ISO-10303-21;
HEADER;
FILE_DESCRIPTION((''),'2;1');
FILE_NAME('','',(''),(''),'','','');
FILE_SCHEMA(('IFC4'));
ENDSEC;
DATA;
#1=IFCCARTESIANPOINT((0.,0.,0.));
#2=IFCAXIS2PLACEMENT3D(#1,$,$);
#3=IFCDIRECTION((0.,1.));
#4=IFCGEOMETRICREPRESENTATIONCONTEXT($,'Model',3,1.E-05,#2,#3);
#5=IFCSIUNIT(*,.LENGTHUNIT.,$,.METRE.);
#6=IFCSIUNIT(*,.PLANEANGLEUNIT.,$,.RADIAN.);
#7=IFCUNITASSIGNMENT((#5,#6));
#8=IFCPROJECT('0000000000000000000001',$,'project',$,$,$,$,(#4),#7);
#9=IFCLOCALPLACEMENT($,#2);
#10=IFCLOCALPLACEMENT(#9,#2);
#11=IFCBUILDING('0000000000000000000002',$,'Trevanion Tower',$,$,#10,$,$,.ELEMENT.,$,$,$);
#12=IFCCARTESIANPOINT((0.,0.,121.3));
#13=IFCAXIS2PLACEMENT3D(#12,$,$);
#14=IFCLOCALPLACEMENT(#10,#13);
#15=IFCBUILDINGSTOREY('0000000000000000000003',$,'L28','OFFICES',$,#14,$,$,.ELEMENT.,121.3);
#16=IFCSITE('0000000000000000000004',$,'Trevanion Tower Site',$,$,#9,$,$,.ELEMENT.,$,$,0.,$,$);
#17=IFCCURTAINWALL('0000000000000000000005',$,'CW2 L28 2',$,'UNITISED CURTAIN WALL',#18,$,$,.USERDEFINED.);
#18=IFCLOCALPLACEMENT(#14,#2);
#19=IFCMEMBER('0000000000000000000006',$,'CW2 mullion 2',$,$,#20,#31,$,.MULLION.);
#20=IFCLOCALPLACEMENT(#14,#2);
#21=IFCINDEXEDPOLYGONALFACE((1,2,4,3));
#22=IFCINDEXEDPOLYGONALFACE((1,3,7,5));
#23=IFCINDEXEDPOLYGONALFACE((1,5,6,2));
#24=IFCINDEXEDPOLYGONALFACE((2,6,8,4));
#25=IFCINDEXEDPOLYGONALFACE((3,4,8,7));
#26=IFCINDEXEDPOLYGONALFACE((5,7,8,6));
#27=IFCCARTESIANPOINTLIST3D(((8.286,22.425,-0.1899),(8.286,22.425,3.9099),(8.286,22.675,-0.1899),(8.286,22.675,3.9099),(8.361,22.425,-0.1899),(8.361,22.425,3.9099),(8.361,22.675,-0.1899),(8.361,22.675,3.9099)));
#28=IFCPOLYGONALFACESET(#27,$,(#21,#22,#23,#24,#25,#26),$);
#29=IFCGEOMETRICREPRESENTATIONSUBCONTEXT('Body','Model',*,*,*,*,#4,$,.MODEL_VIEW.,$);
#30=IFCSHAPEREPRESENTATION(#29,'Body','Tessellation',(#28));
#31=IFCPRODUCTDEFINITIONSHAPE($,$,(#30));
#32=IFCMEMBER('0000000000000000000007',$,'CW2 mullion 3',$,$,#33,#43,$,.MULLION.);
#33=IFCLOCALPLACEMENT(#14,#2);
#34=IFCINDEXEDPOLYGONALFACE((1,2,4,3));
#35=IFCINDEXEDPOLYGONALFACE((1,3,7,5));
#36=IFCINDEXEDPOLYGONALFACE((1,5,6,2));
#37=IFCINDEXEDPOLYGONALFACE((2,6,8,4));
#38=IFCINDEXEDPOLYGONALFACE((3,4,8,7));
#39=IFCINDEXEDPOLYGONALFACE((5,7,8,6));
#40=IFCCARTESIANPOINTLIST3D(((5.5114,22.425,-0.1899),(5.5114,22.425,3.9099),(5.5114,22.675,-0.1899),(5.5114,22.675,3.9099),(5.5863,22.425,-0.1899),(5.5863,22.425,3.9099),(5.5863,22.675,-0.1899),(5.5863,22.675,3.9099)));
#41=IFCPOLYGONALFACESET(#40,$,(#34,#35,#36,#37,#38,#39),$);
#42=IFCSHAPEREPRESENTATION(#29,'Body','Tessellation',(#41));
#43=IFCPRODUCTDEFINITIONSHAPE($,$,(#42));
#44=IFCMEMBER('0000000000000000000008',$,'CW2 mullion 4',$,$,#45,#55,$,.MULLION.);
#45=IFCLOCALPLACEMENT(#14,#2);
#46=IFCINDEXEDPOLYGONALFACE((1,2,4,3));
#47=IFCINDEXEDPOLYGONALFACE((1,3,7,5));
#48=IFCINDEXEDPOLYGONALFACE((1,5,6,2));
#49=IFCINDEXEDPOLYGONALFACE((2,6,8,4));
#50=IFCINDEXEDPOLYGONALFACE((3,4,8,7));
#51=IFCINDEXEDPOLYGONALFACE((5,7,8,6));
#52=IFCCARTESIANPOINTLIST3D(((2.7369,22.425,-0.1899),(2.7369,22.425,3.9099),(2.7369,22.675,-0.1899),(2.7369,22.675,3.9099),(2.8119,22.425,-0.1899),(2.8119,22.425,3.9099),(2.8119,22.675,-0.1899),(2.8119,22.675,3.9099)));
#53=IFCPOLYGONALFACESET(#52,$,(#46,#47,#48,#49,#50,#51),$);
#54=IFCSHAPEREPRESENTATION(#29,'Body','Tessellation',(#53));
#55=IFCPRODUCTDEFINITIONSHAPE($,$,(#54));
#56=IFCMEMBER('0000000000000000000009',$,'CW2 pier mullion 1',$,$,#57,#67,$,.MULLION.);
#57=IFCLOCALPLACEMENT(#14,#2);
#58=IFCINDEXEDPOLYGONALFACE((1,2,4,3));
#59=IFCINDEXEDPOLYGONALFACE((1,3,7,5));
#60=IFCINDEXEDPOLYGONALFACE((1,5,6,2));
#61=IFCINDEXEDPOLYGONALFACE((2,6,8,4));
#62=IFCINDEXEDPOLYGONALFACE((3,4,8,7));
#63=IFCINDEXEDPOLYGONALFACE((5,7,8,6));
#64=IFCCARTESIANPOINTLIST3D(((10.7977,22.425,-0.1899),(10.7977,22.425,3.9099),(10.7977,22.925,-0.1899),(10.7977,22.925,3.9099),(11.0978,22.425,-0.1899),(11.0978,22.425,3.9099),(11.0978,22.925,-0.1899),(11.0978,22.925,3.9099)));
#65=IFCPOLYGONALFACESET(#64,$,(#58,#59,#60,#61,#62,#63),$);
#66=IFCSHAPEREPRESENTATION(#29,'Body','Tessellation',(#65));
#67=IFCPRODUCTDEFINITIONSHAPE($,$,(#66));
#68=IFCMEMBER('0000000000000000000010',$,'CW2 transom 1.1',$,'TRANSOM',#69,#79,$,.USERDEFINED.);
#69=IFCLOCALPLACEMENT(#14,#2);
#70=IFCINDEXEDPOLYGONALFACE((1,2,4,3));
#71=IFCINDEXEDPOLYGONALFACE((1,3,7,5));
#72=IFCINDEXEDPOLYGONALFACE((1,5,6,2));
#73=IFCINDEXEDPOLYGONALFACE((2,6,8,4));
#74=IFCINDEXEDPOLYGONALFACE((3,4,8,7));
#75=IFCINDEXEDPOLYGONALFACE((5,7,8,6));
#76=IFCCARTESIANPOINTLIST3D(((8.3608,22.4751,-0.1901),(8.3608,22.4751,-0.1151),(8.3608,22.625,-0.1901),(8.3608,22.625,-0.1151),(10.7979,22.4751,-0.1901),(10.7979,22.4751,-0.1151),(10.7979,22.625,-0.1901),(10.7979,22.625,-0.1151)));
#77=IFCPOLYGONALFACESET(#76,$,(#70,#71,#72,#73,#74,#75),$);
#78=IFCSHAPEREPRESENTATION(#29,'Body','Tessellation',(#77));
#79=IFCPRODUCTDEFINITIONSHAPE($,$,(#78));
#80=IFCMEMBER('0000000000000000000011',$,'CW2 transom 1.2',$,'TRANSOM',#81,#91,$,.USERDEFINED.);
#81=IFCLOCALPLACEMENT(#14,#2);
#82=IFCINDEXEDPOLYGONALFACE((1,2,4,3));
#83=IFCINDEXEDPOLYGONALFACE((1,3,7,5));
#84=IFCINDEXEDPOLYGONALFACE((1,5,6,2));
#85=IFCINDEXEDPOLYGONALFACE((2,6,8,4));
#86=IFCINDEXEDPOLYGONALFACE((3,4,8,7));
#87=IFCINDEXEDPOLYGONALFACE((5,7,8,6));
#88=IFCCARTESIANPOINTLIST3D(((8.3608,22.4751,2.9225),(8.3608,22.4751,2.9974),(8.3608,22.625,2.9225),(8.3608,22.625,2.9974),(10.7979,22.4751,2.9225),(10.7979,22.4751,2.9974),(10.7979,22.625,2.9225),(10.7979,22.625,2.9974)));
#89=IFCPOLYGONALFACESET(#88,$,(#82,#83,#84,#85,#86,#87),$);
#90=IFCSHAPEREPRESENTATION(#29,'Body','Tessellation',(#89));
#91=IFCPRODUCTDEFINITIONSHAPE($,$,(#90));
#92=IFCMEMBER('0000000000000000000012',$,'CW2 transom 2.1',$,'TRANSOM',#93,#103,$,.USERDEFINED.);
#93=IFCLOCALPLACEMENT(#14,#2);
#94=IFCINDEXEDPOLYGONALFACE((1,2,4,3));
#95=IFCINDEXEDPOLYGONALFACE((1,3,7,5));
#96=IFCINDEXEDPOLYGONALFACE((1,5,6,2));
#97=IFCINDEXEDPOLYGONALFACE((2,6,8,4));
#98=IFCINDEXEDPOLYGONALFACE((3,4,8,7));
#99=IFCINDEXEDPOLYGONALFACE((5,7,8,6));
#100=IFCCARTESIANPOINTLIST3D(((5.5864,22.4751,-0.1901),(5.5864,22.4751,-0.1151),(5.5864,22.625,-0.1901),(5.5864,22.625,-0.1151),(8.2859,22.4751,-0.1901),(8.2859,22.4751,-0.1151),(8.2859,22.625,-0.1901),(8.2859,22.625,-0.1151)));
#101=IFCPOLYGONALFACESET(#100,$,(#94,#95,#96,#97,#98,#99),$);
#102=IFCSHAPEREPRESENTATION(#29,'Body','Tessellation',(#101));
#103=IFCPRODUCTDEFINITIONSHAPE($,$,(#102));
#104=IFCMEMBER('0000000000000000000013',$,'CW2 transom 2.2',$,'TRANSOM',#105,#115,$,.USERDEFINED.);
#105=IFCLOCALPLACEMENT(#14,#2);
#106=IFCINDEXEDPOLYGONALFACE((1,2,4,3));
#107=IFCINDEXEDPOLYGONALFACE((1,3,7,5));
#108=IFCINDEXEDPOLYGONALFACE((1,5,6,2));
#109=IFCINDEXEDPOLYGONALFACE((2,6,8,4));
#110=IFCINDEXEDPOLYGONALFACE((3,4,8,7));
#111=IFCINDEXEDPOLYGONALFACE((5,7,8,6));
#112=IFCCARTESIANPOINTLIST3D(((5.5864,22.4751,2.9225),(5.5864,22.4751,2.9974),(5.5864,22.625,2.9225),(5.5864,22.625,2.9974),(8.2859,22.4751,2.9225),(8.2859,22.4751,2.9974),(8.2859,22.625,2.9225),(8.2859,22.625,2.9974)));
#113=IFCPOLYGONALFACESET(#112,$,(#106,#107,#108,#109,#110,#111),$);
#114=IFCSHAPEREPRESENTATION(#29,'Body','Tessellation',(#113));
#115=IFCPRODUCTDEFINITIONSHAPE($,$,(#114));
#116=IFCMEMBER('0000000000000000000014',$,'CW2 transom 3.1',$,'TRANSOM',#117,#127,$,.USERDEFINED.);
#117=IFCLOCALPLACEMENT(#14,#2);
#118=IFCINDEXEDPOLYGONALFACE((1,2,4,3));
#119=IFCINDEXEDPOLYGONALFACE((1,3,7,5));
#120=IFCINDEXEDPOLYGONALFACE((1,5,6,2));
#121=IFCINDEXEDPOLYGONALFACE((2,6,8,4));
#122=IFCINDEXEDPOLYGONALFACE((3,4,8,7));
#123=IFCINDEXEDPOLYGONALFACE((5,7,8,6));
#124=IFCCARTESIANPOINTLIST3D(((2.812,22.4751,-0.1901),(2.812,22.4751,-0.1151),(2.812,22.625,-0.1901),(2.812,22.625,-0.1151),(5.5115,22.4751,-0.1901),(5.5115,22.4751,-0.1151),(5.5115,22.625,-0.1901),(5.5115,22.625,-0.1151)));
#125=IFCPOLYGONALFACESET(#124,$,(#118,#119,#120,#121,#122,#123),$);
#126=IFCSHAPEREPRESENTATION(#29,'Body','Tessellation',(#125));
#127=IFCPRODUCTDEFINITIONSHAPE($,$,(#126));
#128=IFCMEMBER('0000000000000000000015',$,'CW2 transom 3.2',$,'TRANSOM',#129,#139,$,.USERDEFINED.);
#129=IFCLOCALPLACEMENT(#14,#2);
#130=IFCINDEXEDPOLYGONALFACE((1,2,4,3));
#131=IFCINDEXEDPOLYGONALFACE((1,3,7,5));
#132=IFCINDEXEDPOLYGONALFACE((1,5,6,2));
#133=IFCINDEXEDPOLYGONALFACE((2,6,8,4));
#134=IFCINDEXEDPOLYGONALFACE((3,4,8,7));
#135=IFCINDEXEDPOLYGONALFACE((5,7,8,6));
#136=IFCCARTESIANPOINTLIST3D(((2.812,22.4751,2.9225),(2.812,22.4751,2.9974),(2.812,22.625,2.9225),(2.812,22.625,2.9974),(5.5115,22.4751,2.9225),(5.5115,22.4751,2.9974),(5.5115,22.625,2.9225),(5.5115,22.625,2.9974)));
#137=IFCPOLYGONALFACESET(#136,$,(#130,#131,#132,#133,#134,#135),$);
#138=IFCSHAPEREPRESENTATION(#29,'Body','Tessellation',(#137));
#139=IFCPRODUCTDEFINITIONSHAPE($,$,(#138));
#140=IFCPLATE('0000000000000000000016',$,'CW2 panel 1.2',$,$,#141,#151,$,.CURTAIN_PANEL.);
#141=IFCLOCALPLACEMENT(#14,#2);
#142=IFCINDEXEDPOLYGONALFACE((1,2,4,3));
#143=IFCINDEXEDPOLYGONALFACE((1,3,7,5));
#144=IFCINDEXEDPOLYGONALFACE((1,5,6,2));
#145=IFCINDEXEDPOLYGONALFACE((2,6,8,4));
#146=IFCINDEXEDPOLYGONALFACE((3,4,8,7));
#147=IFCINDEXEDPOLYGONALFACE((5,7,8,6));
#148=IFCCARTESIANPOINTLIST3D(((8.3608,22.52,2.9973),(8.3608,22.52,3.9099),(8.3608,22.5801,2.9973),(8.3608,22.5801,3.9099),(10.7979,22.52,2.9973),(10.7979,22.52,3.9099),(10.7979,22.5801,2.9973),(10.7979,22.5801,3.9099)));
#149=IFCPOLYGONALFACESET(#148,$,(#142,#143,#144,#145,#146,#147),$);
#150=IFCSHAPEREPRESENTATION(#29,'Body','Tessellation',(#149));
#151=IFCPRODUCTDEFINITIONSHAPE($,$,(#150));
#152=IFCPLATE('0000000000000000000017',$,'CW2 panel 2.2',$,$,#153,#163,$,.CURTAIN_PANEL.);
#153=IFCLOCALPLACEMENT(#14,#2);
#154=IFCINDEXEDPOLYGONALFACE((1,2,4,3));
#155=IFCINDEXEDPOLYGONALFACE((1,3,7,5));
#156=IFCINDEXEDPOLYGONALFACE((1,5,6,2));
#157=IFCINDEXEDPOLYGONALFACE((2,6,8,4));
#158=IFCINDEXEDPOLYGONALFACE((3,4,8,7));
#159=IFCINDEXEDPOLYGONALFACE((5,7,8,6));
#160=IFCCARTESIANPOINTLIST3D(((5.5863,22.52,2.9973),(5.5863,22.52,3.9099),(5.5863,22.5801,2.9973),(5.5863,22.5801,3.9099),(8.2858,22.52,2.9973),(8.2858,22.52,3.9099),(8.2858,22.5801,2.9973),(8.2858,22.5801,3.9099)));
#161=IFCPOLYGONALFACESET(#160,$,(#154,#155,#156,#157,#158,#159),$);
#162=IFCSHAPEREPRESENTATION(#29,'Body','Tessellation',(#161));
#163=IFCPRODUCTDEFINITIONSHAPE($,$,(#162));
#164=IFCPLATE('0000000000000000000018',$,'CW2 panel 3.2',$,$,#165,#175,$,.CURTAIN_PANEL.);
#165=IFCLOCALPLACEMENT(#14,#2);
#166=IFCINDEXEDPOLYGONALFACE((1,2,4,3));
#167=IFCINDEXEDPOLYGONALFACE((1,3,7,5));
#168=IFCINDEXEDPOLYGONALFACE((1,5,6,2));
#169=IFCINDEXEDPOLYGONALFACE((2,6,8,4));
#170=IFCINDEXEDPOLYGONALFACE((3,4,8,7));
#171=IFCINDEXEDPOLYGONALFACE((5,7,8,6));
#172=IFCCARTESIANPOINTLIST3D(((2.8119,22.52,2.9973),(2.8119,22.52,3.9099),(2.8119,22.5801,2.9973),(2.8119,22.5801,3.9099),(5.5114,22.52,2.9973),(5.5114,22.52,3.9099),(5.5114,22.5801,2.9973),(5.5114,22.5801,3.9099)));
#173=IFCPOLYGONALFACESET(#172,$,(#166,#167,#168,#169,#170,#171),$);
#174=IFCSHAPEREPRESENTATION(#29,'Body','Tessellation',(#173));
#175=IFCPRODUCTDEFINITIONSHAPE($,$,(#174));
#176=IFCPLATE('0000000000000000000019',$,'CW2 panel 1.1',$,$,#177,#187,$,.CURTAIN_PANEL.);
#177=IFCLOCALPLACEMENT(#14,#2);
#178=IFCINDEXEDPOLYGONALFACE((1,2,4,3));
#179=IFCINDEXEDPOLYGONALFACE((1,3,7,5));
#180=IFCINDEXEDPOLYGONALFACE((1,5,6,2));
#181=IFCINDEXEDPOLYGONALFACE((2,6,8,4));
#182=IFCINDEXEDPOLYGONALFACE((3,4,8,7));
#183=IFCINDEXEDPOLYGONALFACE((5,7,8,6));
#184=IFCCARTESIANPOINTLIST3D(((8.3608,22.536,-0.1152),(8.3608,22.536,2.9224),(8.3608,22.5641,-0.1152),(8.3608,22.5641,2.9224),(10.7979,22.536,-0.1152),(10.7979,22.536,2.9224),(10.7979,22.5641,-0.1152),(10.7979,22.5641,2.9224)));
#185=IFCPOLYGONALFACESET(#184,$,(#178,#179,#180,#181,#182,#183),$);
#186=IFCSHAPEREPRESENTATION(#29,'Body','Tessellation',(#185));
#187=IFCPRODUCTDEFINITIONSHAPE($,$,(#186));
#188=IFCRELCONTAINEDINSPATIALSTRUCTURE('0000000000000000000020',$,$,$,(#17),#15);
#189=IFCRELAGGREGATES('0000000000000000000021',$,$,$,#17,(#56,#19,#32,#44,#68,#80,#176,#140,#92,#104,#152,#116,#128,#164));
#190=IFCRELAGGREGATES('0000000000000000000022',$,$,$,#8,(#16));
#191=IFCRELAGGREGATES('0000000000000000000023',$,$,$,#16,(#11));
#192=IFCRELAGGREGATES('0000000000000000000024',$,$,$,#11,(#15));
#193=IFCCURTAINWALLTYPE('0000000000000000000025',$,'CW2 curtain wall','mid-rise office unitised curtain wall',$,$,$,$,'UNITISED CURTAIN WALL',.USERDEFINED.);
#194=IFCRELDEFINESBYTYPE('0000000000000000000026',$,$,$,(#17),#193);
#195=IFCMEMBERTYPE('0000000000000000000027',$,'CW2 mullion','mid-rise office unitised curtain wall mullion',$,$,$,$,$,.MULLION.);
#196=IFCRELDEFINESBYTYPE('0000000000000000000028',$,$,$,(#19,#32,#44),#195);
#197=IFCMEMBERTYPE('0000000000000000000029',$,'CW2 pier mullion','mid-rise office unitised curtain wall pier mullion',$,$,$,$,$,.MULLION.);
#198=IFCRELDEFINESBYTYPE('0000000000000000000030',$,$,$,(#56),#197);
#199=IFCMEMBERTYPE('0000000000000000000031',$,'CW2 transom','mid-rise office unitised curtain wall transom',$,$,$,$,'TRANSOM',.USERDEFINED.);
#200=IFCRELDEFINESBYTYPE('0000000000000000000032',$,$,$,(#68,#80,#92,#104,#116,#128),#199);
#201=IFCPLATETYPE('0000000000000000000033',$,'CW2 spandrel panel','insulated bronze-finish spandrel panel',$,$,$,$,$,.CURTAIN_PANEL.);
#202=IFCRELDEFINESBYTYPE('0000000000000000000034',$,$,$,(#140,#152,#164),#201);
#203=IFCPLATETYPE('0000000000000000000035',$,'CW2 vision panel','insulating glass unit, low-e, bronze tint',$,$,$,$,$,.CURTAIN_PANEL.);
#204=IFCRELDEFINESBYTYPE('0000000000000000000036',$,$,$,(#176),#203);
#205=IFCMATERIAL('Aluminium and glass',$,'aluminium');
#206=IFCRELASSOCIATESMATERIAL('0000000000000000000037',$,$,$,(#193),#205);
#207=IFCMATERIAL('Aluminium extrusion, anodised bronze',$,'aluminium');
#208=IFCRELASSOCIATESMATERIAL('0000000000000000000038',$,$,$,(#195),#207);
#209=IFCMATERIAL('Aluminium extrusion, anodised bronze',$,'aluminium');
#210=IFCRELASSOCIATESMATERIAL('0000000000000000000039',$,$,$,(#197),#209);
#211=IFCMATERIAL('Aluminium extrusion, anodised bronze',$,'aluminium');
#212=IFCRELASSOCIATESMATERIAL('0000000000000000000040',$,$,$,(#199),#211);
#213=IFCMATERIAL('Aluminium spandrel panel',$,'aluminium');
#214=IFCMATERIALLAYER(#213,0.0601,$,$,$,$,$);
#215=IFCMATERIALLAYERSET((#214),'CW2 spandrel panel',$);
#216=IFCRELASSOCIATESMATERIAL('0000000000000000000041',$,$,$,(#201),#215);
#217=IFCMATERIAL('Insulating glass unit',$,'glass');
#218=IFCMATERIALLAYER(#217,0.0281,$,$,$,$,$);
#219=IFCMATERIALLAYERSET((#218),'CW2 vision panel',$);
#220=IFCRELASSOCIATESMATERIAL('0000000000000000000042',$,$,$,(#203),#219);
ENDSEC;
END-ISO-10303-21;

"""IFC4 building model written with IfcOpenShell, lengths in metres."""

from ifc_helpers import new_model, si_unit, direction, frame, origin, origin_2d, place, context, subcontext, project, spatial, rectangle, extrude, material, layer, layer_set, material_profile, profile_set, type_object, element, aggregate, save


model = new_model("IFC4")

# Units and contexts
model_context = context("Model", 3, precision=1e-05, world=origin(), true_north=direction((0.0, 1.0)))
body_context = subcontext(model_context, "Body", "Model", "MODEL_VIEW")
ifc_project = project(units=[si_unit("LENGTHUNIT", "METRE"), si_unit("PLANEANGLEUNIT", "RADIAN")], contexts=[model_context])

# Site, building, storey
site_placement = place(None, origin())
site = spatial("IfcSite", under=ifc_project, at=site_placement, Name="Trevanion Tower Site", CompositionType="ELEMENT", RefElevation=0.0)
building_placement = place(site_placement, origin())
building = spatial("IfcBuilding", under=site, at=building_placement, Name="Trevanion Tower", CompositionType="ELEMENT")
storey_placement = place(building_placement, frame((0.0, 0.0, 121.3)))
storey = spatial("IfcBuildingStorey", under=building, at=storey_placement, Name="L28", Description="OFFICES", CompositionType="ELEMENT", Elevation=121.3)

# Curtain wall, members, plates
ifc_material_1 = material(Name="Aluminium and glass", Category="aluminium")
curtain_wall_type = type_object("IfcCurtainWallType", Name="CW2 curtain wall", Description="mid-rise office unitised curtain wall", ElementType="UNITISED CURTAIN WALL", PredefinedType="USERDEFINED", material=ifc_material_1)
curtain_wall_placement = place(storey_placement, origin())
curtain_wall = element("IfcCurtainWall", 1, at=curtain_wall_placement, inside=storey, type_object=curtain_wall_type, Name="CW2 L28 2", ObjectType="UNITISED CURTAIN WALL", PredefinedType="USERDEFINED")
ifc_material_2 = material(Name="Aluminium extrusion, anodised bronze", Category="aluminium")
ifc_material_profile_1 = material_profile(ifc_material_2, rectangle(XDim=0.075, YDim=0.25, at=origin_2d()), Name="CW2 mullion")
ifc_profile_set_1 = profile_set([ifc_material_profile_1], Name="Aluminium extrusion, anodised bronze")
member_type_1 = type_object("IfcMemberType", Name="CW2 mullion", Description="mid-rise office unitised curtain wall mullion", PredefinedType="MULLION", material=ifc_profile_set_1)
member_1_placement = place(storey_placement, frame((8.3235, 22.55, -0.1899), z_axis=(0.0, 0.0, 1.0), x_axis=(-1.0, 0.0, 0.0)))
member_1 = element("IfcMember", 2, at=member_1_placement, type_object=member_type_1, Name="CW2 mullion 2", PredefinedType="MULLION", context=body_context, shape_type="SweptSolid", body=[
    extrude(rectangle(XDim=0.075, YDim=0.25, at=origin_2d()), origin(), (0.0, 0.0, 1.0), 4.0999),
])
member_2_placement = place(storey_placement, frame((5.5488, 22.55, -0.1899), z_axis=(0.0, 0.0, 1.0), x_axis=(-1.0, 0.0, 0.0)))
member_2 = element("IfcMember", 3, at=member_2_placement, type_object=member_type_1, Name="CW2 mullion 3", PredefinedType="MULLION", context=body_context, shape_type="SweptSolid", body=[
    extrude(rectangle(XDim=0.075, YDim=0.25, at=origin_2d()), origin(), (0.0, 0.0, 1.0), 4.0999),
])
member_3_placement = place(storey_placement, frame((2.7744, 22.55, -0.1899), z_axis=(0.0, 0.0, 1.0), x_axis=(-1.0, 0.0, 0.0)))
member_3 = element("IfcMember", 4, at=member_3_placement, type_object=member_type_1, Name="CW2 mullion 4", PredefinedType="MULLION", context=body_context, shape_type="SweptSolid", body=[
    extrude(rectangle(XDim=0.075, YDim=0.25, at=origin_2d()), origin(), (0.0, 0.0, 1.0), 4.0999),
])
ifc_material_3 = material(Name="Aluminium extrusion, anodised bronze", Category="aluminium")
ifc_material_profile_2 = material_profile(ifc_material_3, rectangle(XDim=0.3, YDim=0.5, at=origin_2d()), Name="CW2 pier mullion")
ifc_profile_set_2 = profile_set([ifc_material_profile_2], Name="Aluminium extrusion, anodised bronze")
member_type_2 = type_object("IfcMemberType", Name="CW2 pier mullion", Description="mid-rise office unitised curtain wall pier mullion", PredefinedType="MULLION", material=ifc_profile_set_2)
member_4_placement = place(storey_placement, frame((10.9478, 22.675, -0.1899), z_axis=(0.0, 0.0, 1.0), x_axis=(-1.0, 0.0, 0.0)))
member_4 = element("IfcMember", 5, at=member_4_placement, type_object=member_type_2, Name="CW2 pier mullion 1", PredefinedType="MULLION", context=body_context, shape_type="SweptSolid", body=[
    extrude(rectangle(XDim=0.3, YDim=0.5, at=origin_2d()), origin(), (0.0, 0.0, 1.0), 4.0999),
])
ifc_material_4 = material(Name="Aluminium extrusion, anodised bronze", Category="aluminium")
ifc_material_profile_3 = material_profile(ifc_material_4, rectangle(XDim=0.1499, YDim=0.075, at=origin_2d()), Name="CW2 transom")
ifc_profile_set_3 = profile_set([ifc_material_profile_3], Name="Aluminium extrusion, anodised bronze")
member_type_3 = type_object("IfcMemberType", Name="CW2 transom", Description="mid-rise office unitised curtain wall transom", ElementType="TRANSOM", PredefinedType="USERDEFINED", material=ifc_profile_set_3)
member_5_placement = place(storey_placement, frame((10.7979, 22.55, -0.1526), z_axis=(-1.0, 0.0, 0.0), x_axis=(0.0, -1.0, 0.0)))
member_5 = element("IfcMember", 6, at=member_5_placement, type_object=member_type_3, Name="CW2 transom 1.1", ObjectType="TRANSOM", PredefinedType="USERDEFINED", context=body_context, shape_type="SweptSolid", body=[
    extrude(rectangle(XDim=0.1499, YDim=0.075, at=origin_2d()), origin(), (0.0, 0.0, 1.0), 2.437),
])
member_6_placement = place(storey_placement, frame((10.7979, 22.55, 2.96), z_axis=(-1.0, 0.0, 0.0), x_axis=(0.0, -1.0, 0.0)))
member_6 = element("IfcMember", 7, at=member_6_placement, type_object=member_type_3, Name="CW2 transom 1.2", ObjectType="TRANSOM", PredefinedType="USERDEFINED", context=body_context, shape_type="SweptSolid", body=[
    extrude(rectangle(XDim=0.1499, YDim=0.075, at=origin_2d()), origin(), (0.0, 0.0, 1.0), 2.437),
])
member_7_placement = place(storey_placement, frame((8.2859, 22.55, -0.1526), z_axis=(-1.0, 0.0, 0.0), x_axis=(0.0, -1.0, 0.0)))
member_7 = element("IfcMember", 8, at=member_7_placement, type_object=member_type_3, Name="CW2 transom 2.1", ObjectType="TRANSOM", PredefinedType="USERDEFINED", context=body_context, shape_type="SweptSolid", body=[
    extrude(rectangle(XDim=0.1499, YDim=0.075, at=origin_2d()), origin(), (0.0, 0.0, 1.0), 2.6995),
])
member_8_placement = place(storey_placement, frame((8.2859, 22.55, 2.96), z_axis=(-1.0, 0.0, 0.0), x_axis=(0.0, -1.0, 0.0)))
member_8 = element("IfcMember", 9, at=member_8_placement, type_object=member_type_3, Name="CW2 transom 2.2", ObjectType="TRANSOM", PredefinedType="USERDEFINED", context=body_context, shape_type="SweptSolid", body=[
    extrude(rectangle(XDim=0.1499, YDim=0.075, at=origin_2d()), origin(), (0.0, 0.0, 1.0), 2.6995),
])
member_9_placement = place(storey_placement, frame((5.5115, 22.55, -0.1526), z_axis=(-1.0, 0.0, 0.0), x_axis=(0.0, -1.0, 0.0)))
member_9 = element("IfcMember", 10, at=member_9_placement, type_object=member_type_3, Name="CW2 transom 3.1", ObjectType="TRANSOM", PredefinedType="USERDEFINED", context=body_context, shape_type="SweptSolid", body=[
    extrude(rectangle(XDim=0.1499, YDim=0.075, at=origin_2d()), origin(), (0.0, 0.0, 1.0), 2.6995),
])
member_10_placement = place(storey_placement, frame((5.5115, 22.55, 2.96), z_axis=(-1.0, 0.0, 0.0), x_axis=(0.0, -1.0, 0.0)))
member_10 = element("IfcMember", 11, at=member_10_placement, type_object=member_type_3, Name="CW2 transom 3.2", ObjectType="TRANSOM", PredefinedType="USERDEFINED", context=body_context, shape_type="SweptSolid", body=[
    extrude(rectangle(XDim=0.1499, YDim=0.075, at=origin_2d()), origin(), (0.0, 0.0, 1.0), 2.6995),
])
ifc_material_5 = material(Name="Aluminium spandrel panel", Category="aluminium")
ifc_layer_1 = layer(ifc_material_5, 0.0601)
ifc_layer_set_1 = layer_set([ifc_layer_1], Name="CW2 spandrel panel")
plate_type_1 = type_object("IfcPlateType", Name="CW2 spandrel panel", Description="insulated bronze-finish spandrel panel", PredefinedType="CURTAIN_PANEL", material=ifc_layer_set_1)
plate_1_placement = place(storey_placement, frame((9.5793, 22.55, 2.9973), z_axis=(0.0, 0.0, 1.0), x_axis=(-1.0, 0.0, 0.0)))
plate_1 = element("IfcPlate", 12, at=plate_1_placement, type_object=plate_type_1, Name="CW2 panel 1.2", PredefinedType="CURTAIN_PANEL", context=body_context, shape_type="SweptSolid", body=[
    extrude(rectangle(XDim=2.437, YDim=0.0601, at=origin_2d()), origin(), (0.0, 0.0, 1.0), 0.9126),
])
plate_2_placement = place(storey_placement, frame((6.936, 22.55, 2.9973), z_axis=(0.0, 0.0, 1.0), x_axis=(-1.0, 0.0, 0.0)))
plate_2 = element("IfcPlate", 13, at=plate_2_placement, type_object=plate_type_1, Name="CW2 panel 2.2", PredefinedType="CURTAIN_PANEL", context=body_context, shape_type="SweptSolid", body=[
    extrude(rectangle(XDim=2.6995, YDim=0.0601, at=origin_2d()), origin(), (0.0, 0.0, 1.0), 0.9126),
])
plate_3_placement = place(storey_placement, frame((4.1616, 22.55, 2.9973), z_axis=(0.0, 0.0, 1.0), x_axis=(-1.0, 0.0, 0.0)))
plate_3 = element("IfcPlate", 14, at=plate_3_placement, type_object=plate_type_1, Name="CW2 panel 3.2", PredefinedType="CURTAIN_PANEL", context=body_context, shape_type="SweptSolid", body=[
    extrude(rectangle(XDim=2.6995, YDim=0.0601, at=origin_2d()), origin(), (0.0, 0.0, 1.0), 0.9126),
])
ifc_material_6 = material(Name="Insulating glass unit", Category="glass")
ifc_layer_2 = layer(ifc_material_6, 0.0281)
ifc_layer_set_2 = layer_set([ifc_layer_2], Name="CW2 vision panel")
plate_type_2 = type_object("IfcPlateType", Name="CW2 vision panel", Description="insulating glass unit, low-e, bronze tint", PredefinedType="CURTAIN_PANEL", material=ifc_layer_set_2)
plate_4_placement = place(storey_placement, frame((9.5793, 22.55, -0.1152), z_axis=(0.0, 0.0, 1.0), x_axis=(-1.0, 0.0, 0.0)))
plate_4 = element("IfcPlate", 15, at=plate_4_placement, type_object=plate_type_2, Name="CW2 panel 1.1", PredefinedType="CURTAIN_PANEL", context=body_context, shape_type="SweptSolid", body=[
    extrude(rectangle(XDim=2.437, YDim=0.0281, at=origin_2d()), origin(), (0.0, 0.0, 1.0), 3.0376),
])
aggregate(curtain_wall, [member_4, member_1, member_2, member_3, member_5, member_6, plate_4, plate_1, member_7, member_8, plate_2, member_9, member_10, plate_3])

save(model, "model.ifc")
